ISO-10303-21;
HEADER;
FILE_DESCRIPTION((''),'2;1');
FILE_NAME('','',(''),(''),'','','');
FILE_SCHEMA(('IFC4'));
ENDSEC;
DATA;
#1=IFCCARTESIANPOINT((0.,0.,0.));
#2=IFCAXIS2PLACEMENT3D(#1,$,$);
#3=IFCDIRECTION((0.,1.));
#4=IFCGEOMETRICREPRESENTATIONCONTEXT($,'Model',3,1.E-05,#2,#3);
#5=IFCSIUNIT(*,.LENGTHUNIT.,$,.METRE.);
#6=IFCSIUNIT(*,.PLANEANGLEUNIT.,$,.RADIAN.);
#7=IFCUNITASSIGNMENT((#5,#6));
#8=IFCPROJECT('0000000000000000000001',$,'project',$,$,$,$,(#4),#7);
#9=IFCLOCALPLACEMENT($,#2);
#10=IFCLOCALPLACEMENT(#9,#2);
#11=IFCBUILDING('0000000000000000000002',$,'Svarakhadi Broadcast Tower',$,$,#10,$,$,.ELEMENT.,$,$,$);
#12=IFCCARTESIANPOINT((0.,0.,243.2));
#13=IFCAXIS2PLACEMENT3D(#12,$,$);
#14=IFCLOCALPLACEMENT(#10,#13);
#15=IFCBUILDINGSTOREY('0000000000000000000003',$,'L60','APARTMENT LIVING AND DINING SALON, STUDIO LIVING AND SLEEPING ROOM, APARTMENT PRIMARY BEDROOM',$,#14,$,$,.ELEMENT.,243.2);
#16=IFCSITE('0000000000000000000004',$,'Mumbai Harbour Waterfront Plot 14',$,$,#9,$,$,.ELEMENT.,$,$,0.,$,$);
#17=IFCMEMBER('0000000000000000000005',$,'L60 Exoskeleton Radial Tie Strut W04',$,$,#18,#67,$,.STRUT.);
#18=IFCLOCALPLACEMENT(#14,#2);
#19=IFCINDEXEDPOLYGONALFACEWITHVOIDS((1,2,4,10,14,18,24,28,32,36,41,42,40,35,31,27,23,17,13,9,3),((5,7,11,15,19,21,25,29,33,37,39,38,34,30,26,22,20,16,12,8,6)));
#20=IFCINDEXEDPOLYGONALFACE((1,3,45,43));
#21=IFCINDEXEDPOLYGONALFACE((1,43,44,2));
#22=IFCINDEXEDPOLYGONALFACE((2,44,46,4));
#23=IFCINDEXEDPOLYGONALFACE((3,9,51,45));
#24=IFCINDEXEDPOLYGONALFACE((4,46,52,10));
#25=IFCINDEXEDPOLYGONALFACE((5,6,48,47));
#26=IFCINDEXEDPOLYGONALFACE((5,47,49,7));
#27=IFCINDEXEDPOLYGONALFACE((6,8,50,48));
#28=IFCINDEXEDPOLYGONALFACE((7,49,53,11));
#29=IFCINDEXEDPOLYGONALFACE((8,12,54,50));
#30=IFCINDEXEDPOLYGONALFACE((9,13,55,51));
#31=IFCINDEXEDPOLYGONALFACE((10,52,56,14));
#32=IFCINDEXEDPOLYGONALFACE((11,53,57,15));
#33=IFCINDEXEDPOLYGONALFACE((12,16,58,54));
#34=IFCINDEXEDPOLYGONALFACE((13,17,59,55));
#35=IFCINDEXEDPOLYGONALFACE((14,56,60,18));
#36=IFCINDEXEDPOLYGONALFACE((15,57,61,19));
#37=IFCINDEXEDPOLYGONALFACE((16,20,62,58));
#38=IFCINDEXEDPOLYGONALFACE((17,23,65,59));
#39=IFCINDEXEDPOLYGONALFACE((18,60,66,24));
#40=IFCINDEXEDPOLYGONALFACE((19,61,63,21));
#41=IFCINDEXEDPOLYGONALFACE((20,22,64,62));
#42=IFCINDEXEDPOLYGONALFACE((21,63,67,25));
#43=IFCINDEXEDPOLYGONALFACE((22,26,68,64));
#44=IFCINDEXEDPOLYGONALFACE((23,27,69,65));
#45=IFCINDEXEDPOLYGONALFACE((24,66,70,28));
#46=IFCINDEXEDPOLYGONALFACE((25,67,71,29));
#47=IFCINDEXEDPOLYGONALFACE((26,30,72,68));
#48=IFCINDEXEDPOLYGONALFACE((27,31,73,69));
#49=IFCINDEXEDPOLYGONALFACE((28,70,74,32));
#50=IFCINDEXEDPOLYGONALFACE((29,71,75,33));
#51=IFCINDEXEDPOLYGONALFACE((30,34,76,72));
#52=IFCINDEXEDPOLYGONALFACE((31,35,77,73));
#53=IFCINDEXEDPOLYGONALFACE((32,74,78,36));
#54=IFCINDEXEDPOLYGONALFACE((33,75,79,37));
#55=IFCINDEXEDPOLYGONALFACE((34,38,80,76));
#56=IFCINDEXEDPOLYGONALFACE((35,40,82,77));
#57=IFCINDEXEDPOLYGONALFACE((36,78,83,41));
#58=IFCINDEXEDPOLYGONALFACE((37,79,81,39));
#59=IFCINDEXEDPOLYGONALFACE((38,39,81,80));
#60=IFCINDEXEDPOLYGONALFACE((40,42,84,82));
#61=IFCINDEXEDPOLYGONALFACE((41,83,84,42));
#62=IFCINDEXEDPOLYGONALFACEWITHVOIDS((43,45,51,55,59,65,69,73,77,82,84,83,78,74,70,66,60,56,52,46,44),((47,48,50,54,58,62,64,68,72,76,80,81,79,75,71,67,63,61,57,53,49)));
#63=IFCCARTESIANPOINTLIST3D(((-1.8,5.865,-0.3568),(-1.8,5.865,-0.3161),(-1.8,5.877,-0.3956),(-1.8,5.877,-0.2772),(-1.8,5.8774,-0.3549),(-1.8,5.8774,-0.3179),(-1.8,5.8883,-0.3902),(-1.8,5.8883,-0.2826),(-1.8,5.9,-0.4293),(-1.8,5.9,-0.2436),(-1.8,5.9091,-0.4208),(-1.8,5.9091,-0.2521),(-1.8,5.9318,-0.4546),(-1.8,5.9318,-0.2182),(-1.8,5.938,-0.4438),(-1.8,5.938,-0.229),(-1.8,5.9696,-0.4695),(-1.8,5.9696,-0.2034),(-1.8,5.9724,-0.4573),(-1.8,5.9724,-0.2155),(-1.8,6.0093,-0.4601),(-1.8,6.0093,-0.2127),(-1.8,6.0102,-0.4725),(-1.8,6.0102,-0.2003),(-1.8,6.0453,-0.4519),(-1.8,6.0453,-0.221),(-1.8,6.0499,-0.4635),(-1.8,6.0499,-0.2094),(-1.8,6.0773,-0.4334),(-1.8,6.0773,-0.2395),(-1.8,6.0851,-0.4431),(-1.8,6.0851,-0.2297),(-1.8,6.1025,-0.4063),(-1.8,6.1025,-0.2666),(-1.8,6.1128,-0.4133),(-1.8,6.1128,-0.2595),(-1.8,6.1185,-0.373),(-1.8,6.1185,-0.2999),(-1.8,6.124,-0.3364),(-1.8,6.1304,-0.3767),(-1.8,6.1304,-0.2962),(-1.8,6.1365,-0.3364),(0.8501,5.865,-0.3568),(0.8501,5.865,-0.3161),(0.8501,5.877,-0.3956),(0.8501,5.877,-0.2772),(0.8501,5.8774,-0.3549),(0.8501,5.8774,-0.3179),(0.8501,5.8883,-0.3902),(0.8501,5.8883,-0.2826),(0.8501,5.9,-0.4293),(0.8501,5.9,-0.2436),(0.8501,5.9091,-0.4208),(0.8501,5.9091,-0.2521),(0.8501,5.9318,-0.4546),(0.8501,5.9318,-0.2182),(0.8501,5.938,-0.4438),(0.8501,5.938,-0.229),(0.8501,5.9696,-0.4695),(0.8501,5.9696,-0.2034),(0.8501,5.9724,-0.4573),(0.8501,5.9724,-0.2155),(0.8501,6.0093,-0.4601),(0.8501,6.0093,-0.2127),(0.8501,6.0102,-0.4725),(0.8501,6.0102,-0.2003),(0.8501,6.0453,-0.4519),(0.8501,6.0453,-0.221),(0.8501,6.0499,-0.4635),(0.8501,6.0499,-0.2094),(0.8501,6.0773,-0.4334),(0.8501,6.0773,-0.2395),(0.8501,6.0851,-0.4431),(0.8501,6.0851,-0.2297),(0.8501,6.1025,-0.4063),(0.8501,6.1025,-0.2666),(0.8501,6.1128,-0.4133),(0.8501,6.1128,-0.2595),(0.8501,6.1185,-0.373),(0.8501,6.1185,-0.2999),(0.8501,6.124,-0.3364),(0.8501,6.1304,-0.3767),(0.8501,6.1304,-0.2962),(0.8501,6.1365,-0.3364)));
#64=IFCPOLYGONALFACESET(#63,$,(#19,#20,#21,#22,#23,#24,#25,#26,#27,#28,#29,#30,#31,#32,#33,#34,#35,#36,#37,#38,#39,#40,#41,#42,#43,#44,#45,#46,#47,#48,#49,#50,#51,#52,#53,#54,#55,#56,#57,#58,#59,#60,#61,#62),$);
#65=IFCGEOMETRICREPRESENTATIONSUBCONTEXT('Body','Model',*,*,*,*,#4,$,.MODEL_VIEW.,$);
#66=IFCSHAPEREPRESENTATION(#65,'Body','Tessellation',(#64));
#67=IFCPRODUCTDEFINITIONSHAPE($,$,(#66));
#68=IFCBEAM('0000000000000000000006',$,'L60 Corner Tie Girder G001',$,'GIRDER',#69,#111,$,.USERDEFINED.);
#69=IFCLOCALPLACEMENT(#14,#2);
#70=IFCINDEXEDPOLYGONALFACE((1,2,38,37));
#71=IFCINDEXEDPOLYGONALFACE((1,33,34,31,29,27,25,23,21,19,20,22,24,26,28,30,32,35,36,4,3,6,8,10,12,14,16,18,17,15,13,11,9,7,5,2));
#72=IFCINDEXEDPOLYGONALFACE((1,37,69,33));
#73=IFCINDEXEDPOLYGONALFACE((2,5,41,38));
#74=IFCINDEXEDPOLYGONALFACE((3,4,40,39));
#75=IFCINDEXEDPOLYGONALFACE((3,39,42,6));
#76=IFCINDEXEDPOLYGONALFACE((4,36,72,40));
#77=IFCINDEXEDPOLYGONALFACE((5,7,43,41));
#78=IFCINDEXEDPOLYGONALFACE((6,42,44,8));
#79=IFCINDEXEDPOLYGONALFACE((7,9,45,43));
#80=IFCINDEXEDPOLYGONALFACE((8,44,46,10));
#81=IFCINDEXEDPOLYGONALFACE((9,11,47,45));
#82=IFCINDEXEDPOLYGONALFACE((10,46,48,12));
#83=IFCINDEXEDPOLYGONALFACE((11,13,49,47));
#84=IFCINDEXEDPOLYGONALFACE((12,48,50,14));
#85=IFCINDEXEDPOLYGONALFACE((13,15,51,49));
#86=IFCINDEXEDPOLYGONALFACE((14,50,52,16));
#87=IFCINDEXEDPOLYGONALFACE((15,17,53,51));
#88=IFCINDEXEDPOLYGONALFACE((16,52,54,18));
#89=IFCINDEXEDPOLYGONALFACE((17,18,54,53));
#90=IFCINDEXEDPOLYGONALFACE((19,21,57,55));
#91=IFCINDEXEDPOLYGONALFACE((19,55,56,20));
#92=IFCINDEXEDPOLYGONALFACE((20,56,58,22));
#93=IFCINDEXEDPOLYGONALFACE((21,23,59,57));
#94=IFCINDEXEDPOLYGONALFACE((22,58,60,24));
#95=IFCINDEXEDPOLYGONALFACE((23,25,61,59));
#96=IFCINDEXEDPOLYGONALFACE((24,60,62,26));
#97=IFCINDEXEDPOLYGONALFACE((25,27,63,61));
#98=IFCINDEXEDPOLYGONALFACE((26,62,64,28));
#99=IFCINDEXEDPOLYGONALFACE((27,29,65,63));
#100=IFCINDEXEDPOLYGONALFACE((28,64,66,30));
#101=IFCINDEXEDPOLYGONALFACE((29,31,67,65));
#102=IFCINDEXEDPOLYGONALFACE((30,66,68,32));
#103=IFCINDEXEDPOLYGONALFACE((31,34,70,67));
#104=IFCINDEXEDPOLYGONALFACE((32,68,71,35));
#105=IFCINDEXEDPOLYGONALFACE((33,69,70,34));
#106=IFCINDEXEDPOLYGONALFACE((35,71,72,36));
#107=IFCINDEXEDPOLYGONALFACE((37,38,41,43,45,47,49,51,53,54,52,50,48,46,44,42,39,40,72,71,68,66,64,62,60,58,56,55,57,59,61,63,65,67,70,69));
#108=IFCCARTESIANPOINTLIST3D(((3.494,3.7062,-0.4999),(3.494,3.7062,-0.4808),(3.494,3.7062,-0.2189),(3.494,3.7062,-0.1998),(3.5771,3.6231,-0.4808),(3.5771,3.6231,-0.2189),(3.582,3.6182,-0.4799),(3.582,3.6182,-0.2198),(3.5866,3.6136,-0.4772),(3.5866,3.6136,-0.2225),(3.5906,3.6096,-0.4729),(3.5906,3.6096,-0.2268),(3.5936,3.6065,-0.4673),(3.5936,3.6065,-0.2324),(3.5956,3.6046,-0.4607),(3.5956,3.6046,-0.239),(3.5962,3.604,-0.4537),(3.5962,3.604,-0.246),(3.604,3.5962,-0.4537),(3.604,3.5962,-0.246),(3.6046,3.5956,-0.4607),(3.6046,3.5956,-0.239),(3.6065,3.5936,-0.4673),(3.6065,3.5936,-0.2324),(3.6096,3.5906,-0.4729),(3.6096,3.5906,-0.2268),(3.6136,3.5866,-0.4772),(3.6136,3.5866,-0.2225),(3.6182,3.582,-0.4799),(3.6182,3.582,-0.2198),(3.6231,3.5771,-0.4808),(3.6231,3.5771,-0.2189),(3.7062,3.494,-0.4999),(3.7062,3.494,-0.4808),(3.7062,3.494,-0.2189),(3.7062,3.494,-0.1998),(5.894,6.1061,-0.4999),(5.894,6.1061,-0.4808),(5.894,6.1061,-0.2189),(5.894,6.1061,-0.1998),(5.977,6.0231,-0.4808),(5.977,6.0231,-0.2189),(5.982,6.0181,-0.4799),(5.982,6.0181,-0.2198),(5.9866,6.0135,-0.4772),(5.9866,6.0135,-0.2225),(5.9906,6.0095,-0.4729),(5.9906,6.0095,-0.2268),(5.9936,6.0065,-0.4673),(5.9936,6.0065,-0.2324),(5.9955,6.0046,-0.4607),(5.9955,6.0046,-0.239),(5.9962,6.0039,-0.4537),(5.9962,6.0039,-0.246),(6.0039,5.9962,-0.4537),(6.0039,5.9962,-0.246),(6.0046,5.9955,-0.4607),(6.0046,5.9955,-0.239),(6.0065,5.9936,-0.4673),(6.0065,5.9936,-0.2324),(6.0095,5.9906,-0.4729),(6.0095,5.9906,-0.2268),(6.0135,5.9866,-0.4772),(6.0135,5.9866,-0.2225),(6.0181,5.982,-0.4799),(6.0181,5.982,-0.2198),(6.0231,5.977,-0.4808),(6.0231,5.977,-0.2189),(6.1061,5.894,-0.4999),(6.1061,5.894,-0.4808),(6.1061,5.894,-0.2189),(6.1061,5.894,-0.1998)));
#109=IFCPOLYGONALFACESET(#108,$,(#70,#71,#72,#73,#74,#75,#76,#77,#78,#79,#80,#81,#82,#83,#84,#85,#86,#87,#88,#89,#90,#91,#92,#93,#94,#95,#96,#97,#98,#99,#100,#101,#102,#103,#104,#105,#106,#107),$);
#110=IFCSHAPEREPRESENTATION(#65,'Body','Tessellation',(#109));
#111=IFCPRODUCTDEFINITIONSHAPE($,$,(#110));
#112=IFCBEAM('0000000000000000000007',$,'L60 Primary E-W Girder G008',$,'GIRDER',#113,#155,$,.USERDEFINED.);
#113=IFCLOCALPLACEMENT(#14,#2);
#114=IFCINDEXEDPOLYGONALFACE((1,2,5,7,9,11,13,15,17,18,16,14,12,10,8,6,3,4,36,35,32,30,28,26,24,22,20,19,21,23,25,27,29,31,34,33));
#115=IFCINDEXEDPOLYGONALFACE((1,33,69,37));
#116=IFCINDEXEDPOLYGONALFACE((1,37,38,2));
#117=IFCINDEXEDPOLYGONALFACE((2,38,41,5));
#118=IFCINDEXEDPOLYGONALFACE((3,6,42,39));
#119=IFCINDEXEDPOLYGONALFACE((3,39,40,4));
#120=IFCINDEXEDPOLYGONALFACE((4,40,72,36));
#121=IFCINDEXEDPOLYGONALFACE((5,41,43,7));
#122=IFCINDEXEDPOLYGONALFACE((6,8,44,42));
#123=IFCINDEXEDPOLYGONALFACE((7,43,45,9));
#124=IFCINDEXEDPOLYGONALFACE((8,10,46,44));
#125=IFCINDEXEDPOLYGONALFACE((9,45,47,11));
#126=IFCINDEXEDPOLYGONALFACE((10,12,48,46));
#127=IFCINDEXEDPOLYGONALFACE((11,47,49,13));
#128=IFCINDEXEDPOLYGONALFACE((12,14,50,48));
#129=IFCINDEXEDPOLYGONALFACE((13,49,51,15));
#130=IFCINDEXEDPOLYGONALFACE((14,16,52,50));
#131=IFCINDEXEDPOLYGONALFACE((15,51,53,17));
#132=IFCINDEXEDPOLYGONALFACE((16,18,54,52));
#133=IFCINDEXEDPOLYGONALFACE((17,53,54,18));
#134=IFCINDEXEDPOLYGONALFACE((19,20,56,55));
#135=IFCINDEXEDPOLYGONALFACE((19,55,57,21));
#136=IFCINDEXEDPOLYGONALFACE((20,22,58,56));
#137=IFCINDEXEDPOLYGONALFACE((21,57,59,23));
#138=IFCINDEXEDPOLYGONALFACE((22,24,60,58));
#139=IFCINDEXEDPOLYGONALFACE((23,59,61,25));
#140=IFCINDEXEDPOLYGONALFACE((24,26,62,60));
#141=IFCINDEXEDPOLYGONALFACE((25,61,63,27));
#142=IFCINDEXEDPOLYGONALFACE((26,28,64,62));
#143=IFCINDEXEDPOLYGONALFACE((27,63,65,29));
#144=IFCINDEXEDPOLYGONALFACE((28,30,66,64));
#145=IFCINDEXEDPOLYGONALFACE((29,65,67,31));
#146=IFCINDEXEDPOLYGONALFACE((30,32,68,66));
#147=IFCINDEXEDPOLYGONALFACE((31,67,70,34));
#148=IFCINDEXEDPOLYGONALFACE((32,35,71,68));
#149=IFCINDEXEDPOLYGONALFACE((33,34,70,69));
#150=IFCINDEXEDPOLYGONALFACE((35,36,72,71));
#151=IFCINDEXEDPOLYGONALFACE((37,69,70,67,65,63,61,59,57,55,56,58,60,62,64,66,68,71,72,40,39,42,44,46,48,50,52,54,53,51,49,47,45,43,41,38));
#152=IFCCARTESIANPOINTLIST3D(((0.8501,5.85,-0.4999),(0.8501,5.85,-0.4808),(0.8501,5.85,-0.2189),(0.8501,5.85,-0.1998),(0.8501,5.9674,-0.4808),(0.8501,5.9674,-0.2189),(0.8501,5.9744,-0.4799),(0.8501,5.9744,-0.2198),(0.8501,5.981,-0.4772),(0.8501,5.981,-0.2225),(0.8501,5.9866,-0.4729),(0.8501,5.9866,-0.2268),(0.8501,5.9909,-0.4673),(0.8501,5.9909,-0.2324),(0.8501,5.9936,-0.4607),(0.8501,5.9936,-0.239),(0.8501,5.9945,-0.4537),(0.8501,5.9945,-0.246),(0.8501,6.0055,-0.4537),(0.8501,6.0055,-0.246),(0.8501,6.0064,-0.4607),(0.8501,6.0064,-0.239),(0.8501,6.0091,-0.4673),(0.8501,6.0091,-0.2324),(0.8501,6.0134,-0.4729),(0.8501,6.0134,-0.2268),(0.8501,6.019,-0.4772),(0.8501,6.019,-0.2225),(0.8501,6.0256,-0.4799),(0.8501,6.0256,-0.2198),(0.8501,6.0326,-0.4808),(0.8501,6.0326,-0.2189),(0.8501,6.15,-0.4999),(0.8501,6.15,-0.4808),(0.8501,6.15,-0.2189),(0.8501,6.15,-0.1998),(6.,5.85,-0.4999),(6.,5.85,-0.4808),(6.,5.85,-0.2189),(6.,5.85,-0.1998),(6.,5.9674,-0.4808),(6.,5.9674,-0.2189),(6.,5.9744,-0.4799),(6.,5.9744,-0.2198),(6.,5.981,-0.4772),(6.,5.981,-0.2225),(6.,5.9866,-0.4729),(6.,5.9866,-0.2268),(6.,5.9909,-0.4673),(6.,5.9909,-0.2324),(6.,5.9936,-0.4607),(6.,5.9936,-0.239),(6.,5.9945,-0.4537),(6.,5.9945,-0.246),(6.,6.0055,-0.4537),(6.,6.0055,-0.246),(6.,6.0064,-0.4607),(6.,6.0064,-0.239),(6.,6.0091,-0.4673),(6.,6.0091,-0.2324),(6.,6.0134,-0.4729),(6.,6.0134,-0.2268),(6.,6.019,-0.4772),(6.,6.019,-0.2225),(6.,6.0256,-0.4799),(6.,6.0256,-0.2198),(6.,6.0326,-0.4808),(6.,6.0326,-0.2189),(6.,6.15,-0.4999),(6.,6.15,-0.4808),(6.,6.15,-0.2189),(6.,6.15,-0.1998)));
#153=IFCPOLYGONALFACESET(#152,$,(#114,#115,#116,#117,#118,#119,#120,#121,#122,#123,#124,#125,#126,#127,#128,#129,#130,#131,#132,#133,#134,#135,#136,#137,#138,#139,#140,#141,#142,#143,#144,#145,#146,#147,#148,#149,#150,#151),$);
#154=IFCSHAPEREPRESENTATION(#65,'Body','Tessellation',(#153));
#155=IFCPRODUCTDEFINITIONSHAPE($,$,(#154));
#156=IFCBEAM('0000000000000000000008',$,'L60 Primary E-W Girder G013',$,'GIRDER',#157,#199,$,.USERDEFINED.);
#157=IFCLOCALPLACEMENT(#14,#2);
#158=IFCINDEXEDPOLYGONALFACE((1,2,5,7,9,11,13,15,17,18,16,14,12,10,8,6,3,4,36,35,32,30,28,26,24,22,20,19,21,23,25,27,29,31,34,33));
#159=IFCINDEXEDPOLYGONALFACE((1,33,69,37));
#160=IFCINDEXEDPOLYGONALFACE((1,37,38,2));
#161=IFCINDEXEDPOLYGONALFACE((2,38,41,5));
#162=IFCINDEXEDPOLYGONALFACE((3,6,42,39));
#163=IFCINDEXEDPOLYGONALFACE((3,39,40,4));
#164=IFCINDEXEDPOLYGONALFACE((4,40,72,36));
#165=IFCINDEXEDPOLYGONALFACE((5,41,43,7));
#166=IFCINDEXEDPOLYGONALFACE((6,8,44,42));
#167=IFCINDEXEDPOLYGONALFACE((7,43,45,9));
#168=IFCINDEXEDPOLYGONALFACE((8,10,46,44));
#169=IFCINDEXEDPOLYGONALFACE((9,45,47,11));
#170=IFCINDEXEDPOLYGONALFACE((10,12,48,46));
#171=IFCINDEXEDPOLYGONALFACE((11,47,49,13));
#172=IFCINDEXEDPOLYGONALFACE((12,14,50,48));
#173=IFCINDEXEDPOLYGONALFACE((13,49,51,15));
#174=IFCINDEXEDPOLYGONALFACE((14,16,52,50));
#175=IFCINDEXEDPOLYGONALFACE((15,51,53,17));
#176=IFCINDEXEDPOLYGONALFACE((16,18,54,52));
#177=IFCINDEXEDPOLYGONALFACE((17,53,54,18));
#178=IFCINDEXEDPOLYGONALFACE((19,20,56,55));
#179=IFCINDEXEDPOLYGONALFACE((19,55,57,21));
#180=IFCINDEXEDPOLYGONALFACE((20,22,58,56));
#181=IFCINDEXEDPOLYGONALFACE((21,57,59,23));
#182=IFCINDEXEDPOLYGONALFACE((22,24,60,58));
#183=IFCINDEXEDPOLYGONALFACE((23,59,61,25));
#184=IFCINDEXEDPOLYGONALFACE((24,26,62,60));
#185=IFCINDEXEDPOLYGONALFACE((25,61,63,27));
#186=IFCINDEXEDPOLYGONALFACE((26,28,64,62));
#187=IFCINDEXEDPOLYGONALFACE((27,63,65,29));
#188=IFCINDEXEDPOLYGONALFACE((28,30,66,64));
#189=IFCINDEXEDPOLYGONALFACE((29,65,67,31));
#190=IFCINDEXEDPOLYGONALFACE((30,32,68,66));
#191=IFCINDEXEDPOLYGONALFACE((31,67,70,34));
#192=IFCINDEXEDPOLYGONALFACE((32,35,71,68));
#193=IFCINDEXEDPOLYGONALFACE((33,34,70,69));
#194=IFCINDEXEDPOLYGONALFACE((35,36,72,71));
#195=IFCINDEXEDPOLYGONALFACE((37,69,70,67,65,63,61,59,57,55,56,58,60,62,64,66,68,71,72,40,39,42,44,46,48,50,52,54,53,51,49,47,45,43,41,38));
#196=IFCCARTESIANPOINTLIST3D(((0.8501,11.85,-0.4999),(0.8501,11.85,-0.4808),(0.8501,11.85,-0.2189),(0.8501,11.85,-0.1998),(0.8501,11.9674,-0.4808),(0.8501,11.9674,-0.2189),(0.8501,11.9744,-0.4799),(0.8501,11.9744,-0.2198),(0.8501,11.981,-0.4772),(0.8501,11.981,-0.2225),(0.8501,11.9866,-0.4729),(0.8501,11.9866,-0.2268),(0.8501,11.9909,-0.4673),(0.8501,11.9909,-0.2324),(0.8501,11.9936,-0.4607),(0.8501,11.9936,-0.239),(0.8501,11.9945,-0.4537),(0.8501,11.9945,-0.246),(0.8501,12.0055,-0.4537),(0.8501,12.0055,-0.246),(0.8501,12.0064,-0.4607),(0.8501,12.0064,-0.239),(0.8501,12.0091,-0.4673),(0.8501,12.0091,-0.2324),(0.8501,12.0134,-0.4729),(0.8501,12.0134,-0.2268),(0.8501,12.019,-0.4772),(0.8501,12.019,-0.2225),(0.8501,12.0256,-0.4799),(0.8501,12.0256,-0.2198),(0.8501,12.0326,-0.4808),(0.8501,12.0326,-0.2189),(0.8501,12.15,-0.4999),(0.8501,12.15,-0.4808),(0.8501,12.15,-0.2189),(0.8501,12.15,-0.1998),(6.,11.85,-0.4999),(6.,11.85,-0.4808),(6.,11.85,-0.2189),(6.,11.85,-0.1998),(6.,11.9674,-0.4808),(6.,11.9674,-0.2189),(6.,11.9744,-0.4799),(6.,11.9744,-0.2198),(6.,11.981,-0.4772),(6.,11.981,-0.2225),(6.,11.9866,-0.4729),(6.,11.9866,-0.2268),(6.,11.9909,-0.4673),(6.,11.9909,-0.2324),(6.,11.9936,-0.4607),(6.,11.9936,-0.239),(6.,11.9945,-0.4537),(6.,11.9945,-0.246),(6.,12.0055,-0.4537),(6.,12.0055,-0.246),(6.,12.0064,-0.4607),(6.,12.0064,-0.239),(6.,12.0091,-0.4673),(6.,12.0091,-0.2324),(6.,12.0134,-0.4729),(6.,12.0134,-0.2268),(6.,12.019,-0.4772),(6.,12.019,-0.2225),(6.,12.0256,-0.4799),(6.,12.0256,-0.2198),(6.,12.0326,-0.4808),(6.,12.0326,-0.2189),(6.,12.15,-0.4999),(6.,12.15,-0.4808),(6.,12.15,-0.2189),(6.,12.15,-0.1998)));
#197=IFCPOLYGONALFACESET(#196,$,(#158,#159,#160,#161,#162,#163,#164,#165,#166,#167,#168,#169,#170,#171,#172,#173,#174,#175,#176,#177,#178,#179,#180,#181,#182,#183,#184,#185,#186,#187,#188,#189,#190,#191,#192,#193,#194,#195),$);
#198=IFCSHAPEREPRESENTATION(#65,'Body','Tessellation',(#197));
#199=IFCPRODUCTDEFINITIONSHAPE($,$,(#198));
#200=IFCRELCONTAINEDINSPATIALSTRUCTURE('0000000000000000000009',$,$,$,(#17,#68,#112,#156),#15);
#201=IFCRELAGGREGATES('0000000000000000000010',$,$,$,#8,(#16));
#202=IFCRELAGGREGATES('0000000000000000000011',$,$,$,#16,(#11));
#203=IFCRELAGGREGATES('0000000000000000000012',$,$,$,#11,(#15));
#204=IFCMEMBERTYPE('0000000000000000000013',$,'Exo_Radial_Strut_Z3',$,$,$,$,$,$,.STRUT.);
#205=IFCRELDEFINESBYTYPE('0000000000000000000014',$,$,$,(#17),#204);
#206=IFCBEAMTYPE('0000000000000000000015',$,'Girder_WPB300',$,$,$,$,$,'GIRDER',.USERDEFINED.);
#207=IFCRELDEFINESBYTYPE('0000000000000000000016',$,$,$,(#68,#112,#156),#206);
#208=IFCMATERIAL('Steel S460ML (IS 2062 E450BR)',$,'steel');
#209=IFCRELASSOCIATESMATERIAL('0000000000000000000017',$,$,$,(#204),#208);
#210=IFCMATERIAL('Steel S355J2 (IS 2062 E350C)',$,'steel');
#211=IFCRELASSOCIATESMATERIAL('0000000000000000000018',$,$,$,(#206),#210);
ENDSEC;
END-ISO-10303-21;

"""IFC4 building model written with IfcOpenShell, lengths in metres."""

from ifc_helpers import new_model, si_unit, direction, frame, origin, origin_2d, place, context, subcontext, project, spatial, hollow_circle, i_section, extrude, material, material_profile, profile_set, type_object, element, save


model = new_model("IFC4")

# Units and contexts
model_context = context("Model", 3, precision=1e-05, world=origin(), true_north=direction((0.0, 1.0)))
body_context = subcontext(model_context, "Body", "Model", "MODEL_VIEW")
ifc_project = project(units=[si_unit("LENGTHUNIT", "METRE"), si_unit("PLANEANGLEUNIT", "RADIAN")], contexts=[model_context])

# Site, building, storey
site_placement = place(None, origin())
site = spatial("IfcSite", under=ifc_project, at=site_placement, Name="Mumbai Harbour Waterfront Plot 14", CompositionType="ELEMENT", RefElevation=0.0)
building_placement = place(site_placement, origin())
building = spatial("IfcBuilding", under=site, at=building_placement, Name="Svarakhadi Broadcast Tower", CompositionType="ELEMENT")
storey_placement = place(building_placement, frame((0.0, 0.0, 243.2)))
storey = spatial("IfcBuildingStorey", under=building, at=storey_placement, Name="L60", Description="APARTMENT LIVING AND DINING SALON, STUDIO LIVING AND SLEEPING ROOM, APARTMENT PRIMARY BEDROOM", CompositionType="ELEMENT", Elevation=243.2)

# Shared definitions
ifc_material_1 = material(Name="Steel S460ML (IS 2062 E450BR)", Category="steel")

# Shared definitions
ifc_material_2 = material(Name="Steel S355J2 (IS 2062 E350C)", Category="steel")

# Member
ifc_material_profile_1 = material_profile(ifc_material_1, hollow_circle(Radius=0.1365, WallThickness=0.0125, at=origin_2d()), Name="CHS 273x12.5")
ifc_profile_set_1 = profile_set([ifc_material_profile_1], Name="Steel S460ML (IS 2062 E450BR)")
member_type_1 = type_object("IfcMemberType", Name="Exo_Radial_Strut_Z3", PredefinedType="STRUT", material=ifc_profile_set_1)
member_1_placement = place(storey_placement, frame((-1.8, 6.0, -0.3364), z_axis=(1.0, 0.0, 0.0), x_axis=(0.0, 1.0, 0.0)))
element("IfcMember", 1, at=member_1_placement, inside=storey, type_object=member_type_1, Name="L60 Exoskeleton Radial Tie Strut W04", PredefinedType="STRUT", context=body_context, shape_type="SweptSolid", body=[
    extrude(hollow_circle(Radius=0.1365, WallThickness=0.0125, at=origin_2d()), origin(), (0.0, 0.0, 1.0), 2.6501),
])

# Beams
ifc_material_profile_2 = material_profile(ifc_material_2, i_section(OverallWidth=0.3, OverallDepth=0.3, WebThickness=0.011, FlangeThickness=0.019, FilletRadius=0.0271, at=origin_2d()), Name="WPB 300x300x117")
ifc_profile_set_2 = profile_set([ifc_material_profile_2], Name="Steel S355J2 (IS 2062 E350C)")
beam_type_1 = type_object("IfcBeamType", Name="Girder_WPB300", ElementType="GIRDER", PredefinedType="USERDEFINED", material=ifc_profile_set_2)
beam_1_placement = place(storey_placement, frame((3.6001, 3.6001, -0.3499), z_axis=(0.707107, 0.707107, 0.0), x_axis=(-0.707107, 0.707107, 0.0)))
element("IfcBeam", 2, at=beam_1_placement, inside=storey, type_object=beam_type_1, Name="L60 Corner Tie Girder G001", ObjectType="GIRDER", PredefinedType="USERDEFINED", context=body_context, shape_type="SweptSolid", body=[
    extrude(i_section(OverallWidth=0.3, OverallDepth=0.3, WebThickness=0.011, FlangeThickness=0.019, FilletRadius=0.0271, at=origin_2d()), origin(), (0.0, 0.0, 1.0), 3.394),
])
for number, where, z_axis, x_axis, name in (
    (3, (0.8501, 6.0, -0.3499), (1.0, 0.0, 0.0), (0.0, 1.0, 0.0), "L60 Primary E-W Girder G008"),
    (4, (0.8501, 12.0, -0.3499), (1.0, 0.0, 0.0), (0.0, 1.0, 0.0), "L60 Primary E-W Girder G013"),
):
    element("IfcBeam", number, at=place(storey_placement, frame(where, z_axis=z_axis, x_axis=x_axis)), inside=storey, type_object=beam_type_1, Name=name, ObjectType="GIRDER", PredefinedType="USERDEFINED", context=body_context, shape_type="SweptSolid", body=[
        extrude(i_section(OverallWidth=0.3, OverallDepth=0.3, WebThickness=0.011, FlangeThickness=0.019, FilletRadius=0.0271, at=origin_2d()), origin(), (0.0, 0.0, 1.0), 5.1499),
    ])

save(model, "model.ifc")
